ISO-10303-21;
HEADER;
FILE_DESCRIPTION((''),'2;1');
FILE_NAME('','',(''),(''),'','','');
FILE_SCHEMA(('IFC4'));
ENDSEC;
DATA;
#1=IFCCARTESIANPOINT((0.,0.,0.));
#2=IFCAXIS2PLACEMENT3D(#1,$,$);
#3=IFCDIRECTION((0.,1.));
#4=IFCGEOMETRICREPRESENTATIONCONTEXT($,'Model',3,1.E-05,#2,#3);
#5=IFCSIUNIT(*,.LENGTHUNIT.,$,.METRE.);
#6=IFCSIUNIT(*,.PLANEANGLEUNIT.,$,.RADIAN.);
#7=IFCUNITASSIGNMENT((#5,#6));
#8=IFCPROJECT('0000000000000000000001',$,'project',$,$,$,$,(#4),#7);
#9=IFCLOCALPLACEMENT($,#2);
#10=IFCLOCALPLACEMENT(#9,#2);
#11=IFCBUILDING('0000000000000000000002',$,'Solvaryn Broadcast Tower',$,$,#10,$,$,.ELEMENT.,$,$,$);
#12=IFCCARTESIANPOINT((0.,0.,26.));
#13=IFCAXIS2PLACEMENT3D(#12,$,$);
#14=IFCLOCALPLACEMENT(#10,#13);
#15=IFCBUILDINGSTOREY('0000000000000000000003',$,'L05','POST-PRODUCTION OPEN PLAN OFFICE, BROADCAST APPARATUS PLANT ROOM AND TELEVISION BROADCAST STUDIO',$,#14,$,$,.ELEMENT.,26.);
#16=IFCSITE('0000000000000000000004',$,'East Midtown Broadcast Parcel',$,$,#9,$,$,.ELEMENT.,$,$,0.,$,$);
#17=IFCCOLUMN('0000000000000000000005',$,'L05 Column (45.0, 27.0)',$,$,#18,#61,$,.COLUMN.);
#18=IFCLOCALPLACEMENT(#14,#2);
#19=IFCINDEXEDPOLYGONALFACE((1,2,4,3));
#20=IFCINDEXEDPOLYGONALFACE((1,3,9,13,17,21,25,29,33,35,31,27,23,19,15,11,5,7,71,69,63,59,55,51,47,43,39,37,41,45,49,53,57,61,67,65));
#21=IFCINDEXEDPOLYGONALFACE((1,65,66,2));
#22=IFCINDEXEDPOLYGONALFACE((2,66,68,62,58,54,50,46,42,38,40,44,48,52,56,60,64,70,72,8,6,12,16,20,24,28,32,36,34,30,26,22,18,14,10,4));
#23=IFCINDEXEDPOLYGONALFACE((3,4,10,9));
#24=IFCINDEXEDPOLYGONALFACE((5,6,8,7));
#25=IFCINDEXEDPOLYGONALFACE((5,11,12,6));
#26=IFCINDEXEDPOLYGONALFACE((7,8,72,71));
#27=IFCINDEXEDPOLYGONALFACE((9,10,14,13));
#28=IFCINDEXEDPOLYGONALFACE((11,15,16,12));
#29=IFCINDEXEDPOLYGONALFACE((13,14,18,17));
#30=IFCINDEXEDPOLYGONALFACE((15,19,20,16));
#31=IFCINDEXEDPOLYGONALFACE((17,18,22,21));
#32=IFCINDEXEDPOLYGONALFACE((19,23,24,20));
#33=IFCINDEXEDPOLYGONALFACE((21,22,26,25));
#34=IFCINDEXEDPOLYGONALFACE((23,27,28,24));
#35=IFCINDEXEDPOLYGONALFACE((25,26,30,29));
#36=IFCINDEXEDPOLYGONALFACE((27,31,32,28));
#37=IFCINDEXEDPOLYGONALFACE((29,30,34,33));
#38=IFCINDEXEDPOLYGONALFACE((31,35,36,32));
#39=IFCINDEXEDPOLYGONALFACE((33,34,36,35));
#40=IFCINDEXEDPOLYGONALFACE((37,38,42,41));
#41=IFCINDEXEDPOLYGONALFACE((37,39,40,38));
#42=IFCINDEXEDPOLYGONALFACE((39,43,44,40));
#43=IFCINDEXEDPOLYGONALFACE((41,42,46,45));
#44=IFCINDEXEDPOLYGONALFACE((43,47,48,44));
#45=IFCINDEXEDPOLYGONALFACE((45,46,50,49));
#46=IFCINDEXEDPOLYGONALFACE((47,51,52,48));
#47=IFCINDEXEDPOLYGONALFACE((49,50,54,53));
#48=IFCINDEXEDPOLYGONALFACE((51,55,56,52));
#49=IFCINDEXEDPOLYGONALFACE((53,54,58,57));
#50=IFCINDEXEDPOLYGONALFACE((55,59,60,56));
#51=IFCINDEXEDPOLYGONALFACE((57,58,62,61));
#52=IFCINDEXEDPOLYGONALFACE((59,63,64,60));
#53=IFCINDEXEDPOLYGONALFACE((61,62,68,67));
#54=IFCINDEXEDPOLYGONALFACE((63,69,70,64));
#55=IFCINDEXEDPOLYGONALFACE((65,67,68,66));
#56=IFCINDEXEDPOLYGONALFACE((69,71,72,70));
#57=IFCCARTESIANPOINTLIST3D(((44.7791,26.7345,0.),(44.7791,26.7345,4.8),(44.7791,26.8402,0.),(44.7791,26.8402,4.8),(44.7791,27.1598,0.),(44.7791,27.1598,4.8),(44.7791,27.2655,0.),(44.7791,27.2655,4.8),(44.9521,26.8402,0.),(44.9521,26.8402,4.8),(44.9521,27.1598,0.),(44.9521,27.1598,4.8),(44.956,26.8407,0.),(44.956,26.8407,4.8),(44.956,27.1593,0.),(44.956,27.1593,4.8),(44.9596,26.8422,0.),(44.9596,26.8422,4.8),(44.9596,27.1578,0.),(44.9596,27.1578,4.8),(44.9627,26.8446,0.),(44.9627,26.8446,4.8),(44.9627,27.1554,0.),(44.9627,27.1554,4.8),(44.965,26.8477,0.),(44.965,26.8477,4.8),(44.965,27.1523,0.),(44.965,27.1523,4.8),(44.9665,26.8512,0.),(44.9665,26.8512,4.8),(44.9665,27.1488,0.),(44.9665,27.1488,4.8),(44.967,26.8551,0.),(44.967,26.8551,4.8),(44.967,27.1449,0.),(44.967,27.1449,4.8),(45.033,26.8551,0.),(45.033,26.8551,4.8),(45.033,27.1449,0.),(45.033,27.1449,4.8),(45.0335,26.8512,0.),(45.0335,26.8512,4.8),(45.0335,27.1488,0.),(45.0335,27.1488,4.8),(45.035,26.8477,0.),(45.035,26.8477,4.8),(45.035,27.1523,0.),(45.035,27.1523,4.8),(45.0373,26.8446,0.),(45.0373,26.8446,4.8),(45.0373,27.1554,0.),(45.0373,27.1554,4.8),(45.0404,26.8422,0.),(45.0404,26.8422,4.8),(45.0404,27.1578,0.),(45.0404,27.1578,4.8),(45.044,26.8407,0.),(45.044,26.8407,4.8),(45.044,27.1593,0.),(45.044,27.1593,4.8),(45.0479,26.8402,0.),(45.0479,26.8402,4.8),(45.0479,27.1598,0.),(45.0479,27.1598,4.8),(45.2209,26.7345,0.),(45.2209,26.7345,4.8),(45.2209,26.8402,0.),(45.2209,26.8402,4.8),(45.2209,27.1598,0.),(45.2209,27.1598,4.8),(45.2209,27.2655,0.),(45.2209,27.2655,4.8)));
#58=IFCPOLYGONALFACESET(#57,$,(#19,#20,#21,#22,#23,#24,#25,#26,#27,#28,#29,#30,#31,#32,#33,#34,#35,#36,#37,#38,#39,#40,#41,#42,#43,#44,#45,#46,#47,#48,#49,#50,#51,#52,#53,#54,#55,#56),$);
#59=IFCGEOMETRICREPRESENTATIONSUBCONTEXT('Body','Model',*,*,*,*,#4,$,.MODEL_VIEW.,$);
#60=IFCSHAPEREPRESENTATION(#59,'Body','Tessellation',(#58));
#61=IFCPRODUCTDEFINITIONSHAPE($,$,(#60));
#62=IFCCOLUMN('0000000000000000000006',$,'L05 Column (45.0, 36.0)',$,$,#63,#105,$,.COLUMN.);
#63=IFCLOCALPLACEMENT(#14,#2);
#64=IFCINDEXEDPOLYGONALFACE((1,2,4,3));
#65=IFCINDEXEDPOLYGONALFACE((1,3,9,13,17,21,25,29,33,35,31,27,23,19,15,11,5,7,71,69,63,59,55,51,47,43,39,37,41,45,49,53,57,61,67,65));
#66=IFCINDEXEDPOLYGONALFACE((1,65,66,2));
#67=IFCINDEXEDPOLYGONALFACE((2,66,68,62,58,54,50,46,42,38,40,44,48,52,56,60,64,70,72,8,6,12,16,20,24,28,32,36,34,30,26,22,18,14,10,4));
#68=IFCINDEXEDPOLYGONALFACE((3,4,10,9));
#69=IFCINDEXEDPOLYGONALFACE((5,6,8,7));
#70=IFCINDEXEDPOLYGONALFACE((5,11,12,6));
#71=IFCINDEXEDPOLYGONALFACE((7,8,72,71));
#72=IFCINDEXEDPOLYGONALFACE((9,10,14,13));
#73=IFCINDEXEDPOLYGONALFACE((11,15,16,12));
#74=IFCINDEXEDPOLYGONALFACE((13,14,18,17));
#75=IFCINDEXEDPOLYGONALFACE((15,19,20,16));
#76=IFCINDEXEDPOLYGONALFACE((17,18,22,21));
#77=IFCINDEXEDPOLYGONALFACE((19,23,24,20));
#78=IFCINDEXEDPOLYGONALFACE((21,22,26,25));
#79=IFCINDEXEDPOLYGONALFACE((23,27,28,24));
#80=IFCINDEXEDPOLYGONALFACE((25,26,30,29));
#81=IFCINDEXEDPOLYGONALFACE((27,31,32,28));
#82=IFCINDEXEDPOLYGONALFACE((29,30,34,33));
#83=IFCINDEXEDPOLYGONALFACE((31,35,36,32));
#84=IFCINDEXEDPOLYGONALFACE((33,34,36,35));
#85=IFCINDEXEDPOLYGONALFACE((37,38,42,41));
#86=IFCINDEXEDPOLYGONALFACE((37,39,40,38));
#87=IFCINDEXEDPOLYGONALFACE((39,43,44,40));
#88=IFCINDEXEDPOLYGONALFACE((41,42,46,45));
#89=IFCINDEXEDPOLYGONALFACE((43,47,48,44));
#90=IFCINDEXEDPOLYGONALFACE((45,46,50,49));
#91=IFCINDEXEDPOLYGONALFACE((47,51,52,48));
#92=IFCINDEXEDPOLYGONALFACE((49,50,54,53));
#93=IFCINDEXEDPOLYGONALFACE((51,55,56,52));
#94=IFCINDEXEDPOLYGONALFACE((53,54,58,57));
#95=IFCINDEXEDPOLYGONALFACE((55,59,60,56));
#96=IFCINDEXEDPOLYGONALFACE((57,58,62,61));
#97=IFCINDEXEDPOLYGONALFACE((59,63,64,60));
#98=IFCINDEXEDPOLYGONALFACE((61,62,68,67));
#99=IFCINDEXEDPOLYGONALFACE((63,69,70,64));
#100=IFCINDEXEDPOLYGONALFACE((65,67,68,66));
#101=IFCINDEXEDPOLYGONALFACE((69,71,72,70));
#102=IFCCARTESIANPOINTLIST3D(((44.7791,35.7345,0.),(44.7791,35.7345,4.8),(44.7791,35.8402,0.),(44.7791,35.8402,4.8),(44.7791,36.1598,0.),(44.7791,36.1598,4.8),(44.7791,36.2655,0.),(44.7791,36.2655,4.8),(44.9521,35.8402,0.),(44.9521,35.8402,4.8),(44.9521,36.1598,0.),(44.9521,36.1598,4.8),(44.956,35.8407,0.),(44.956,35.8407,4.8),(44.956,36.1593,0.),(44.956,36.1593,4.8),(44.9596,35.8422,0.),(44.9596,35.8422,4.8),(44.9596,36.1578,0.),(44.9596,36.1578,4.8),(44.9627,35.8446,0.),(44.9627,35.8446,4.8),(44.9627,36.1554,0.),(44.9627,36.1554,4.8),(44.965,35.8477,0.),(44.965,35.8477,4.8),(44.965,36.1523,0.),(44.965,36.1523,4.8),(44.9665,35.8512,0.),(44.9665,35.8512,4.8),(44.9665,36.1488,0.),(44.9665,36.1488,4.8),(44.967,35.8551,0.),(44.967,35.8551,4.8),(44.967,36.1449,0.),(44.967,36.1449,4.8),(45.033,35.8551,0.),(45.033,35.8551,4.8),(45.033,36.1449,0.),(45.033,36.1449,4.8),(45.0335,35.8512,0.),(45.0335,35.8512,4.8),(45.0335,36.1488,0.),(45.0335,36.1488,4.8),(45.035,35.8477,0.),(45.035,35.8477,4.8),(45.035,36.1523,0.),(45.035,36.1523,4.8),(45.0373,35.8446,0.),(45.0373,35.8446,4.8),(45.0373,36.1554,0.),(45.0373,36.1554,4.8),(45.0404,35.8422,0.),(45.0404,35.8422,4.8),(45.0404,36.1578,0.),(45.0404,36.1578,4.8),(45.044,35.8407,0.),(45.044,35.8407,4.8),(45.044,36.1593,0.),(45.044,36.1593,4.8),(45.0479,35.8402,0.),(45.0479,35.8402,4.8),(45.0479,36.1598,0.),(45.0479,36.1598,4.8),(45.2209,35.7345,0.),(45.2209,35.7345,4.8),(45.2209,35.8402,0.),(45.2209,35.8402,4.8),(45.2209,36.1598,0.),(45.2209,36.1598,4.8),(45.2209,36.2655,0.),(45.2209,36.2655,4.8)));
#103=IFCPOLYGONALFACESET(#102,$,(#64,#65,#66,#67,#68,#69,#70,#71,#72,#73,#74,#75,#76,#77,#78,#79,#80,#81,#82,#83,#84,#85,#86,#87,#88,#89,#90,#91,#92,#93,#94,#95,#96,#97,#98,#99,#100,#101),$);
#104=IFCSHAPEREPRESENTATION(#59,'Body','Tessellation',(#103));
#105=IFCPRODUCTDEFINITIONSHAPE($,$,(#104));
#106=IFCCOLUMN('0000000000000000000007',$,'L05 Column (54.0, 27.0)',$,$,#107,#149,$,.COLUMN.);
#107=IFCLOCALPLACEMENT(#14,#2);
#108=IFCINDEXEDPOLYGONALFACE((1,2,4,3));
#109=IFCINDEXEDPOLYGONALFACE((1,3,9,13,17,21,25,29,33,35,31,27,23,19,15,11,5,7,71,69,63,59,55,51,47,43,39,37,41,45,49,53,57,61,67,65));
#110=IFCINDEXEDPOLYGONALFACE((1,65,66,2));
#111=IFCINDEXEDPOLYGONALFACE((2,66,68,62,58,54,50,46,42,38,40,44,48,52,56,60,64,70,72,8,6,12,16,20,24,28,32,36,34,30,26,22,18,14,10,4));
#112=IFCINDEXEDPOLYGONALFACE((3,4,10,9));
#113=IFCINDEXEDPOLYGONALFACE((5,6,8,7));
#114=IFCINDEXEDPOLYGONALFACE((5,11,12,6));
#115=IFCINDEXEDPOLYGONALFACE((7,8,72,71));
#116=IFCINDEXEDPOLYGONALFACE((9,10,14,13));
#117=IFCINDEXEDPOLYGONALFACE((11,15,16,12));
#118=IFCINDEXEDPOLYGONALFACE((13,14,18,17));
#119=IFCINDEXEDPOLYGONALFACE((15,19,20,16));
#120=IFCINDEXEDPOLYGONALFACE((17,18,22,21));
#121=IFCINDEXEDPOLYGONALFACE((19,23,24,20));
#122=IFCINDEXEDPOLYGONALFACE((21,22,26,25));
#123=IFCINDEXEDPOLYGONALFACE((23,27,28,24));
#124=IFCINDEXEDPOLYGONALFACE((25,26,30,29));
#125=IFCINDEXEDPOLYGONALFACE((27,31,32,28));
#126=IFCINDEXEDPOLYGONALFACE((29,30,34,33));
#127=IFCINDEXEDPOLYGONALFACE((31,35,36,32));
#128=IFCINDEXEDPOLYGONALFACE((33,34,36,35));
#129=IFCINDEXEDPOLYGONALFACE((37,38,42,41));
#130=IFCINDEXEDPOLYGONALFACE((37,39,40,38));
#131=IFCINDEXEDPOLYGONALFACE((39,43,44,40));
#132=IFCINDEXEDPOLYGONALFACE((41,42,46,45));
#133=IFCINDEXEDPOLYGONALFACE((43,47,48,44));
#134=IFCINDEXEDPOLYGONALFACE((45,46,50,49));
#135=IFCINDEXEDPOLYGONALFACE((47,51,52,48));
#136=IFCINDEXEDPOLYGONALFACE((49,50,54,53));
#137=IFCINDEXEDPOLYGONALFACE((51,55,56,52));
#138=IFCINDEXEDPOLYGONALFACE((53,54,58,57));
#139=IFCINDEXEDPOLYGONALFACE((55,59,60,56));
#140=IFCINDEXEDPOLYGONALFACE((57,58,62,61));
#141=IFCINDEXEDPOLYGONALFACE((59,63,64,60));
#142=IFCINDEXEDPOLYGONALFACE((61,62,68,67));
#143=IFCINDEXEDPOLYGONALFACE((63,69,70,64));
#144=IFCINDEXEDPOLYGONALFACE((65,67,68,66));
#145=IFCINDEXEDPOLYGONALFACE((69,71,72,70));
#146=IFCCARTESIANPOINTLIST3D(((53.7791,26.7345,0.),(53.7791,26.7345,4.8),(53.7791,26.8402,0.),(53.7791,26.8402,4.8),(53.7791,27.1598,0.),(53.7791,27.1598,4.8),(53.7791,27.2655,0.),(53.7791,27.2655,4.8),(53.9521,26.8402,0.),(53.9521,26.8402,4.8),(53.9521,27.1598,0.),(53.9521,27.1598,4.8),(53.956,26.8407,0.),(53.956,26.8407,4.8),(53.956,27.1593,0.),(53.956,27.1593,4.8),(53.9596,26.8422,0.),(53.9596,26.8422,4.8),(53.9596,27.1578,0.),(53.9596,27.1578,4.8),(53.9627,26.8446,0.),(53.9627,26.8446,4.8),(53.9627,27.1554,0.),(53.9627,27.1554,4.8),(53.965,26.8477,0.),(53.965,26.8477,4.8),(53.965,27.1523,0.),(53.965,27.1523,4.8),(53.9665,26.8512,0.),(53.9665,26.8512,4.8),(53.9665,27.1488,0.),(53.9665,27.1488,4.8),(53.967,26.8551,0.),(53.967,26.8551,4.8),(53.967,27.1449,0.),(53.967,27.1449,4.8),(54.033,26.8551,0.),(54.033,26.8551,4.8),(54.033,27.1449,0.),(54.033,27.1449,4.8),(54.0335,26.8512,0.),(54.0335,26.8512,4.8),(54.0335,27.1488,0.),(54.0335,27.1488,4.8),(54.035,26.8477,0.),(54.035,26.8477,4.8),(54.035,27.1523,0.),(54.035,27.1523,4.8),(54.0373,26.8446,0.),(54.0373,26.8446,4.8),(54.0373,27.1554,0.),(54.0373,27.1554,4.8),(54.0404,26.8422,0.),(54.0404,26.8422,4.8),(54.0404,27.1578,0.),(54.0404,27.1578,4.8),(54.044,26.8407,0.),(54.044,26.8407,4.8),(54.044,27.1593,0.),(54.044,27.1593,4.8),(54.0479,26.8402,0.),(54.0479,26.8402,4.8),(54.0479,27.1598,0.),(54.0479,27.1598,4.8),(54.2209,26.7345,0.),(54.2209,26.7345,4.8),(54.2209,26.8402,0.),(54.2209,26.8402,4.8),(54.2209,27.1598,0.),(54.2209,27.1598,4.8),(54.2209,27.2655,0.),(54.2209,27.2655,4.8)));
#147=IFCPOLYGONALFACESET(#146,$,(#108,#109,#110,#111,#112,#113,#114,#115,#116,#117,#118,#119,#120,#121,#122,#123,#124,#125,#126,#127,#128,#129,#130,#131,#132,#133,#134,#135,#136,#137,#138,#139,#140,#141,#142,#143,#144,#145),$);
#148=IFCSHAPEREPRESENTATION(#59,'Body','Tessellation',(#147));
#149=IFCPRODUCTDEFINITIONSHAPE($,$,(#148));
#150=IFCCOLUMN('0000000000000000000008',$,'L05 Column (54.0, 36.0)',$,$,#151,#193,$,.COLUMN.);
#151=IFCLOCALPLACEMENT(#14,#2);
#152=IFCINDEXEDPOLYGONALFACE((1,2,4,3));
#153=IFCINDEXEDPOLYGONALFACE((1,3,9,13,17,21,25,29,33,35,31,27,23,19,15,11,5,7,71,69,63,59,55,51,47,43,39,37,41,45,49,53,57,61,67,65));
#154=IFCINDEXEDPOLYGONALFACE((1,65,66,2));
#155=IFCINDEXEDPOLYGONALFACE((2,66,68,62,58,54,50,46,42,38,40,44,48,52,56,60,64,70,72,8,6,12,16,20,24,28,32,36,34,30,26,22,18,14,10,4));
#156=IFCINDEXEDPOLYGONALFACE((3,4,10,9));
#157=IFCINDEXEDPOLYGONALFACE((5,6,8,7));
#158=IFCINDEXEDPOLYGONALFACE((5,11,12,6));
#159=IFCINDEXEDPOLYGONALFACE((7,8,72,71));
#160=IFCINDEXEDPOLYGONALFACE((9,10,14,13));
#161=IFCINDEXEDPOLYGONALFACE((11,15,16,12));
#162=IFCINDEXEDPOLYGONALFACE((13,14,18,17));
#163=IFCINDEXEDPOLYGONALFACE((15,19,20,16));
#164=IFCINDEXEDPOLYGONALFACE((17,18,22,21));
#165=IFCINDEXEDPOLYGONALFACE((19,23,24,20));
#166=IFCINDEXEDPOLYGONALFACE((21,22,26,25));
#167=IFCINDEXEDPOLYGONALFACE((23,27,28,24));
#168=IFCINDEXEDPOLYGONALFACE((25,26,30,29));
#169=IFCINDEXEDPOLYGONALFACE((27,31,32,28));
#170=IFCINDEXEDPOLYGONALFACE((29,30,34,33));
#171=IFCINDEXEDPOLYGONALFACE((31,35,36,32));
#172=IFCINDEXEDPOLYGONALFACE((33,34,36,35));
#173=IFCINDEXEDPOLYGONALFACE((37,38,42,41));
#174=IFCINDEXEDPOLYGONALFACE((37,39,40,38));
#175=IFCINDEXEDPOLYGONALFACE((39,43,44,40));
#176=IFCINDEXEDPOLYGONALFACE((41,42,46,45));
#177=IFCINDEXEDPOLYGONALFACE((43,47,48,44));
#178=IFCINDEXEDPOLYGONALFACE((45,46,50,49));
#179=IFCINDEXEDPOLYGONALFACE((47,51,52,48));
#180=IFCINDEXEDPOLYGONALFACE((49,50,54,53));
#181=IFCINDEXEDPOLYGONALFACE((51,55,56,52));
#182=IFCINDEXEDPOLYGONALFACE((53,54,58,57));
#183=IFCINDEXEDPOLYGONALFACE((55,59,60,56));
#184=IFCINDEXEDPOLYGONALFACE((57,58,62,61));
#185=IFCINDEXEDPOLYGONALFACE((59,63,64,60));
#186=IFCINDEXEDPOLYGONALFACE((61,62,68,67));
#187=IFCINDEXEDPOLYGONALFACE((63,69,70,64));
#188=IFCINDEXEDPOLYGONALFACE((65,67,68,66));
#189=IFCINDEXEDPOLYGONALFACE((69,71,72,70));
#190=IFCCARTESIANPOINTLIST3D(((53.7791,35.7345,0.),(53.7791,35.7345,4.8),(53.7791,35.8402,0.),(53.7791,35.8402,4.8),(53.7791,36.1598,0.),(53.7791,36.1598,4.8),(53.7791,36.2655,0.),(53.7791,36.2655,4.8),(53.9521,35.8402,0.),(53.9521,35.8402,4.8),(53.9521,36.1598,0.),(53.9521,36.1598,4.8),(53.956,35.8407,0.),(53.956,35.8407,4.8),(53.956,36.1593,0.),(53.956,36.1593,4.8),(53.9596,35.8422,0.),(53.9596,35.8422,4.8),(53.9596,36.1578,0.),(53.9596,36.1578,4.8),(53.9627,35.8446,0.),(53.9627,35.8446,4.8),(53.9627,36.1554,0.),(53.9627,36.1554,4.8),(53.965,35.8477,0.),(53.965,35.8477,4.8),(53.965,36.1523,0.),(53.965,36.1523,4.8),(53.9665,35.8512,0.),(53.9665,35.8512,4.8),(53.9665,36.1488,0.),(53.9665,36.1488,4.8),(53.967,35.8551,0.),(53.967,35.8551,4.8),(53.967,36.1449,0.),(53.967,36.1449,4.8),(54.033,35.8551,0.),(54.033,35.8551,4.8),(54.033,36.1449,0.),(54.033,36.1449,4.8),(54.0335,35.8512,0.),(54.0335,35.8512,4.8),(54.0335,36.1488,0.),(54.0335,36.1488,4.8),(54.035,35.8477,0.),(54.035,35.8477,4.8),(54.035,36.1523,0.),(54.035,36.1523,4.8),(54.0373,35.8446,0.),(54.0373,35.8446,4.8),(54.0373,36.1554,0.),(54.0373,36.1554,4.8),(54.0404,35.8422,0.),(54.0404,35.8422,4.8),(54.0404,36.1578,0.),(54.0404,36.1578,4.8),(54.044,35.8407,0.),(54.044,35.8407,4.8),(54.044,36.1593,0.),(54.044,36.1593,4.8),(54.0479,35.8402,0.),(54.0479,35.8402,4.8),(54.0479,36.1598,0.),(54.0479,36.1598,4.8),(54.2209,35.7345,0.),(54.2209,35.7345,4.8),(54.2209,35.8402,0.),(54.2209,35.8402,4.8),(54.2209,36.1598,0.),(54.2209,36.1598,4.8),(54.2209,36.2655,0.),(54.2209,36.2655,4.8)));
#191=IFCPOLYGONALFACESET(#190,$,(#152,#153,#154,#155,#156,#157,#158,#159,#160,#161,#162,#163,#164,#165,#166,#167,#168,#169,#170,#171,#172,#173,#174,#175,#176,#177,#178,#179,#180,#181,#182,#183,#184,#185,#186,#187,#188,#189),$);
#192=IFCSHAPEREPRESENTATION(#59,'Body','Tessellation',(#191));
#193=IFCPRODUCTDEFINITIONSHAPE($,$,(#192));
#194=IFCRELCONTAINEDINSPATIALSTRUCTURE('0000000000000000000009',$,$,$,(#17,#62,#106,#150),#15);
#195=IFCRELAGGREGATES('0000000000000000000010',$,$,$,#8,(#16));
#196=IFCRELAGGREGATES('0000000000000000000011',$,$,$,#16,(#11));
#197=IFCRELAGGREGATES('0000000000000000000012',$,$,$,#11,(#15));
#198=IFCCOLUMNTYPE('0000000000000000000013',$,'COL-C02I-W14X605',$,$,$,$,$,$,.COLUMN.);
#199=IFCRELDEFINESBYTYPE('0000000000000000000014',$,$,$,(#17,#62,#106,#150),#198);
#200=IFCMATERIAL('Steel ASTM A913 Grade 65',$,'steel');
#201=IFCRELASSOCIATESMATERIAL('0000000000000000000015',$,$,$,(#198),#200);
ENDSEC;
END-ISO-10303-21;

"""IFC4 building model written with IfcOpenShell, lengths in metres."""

from ifc_helpers import new_model, si_unit, direction, frame, origin, origin_2d, place, context, subcontext, project, spatial, i_section, extrude, material, material_profile, profile_set, type_object, element, save


model = new_model("IFC4")

# Units and contexts
model_context = context("Model", 3, precision=1e-05, world=origin(), true_north=direction((0.0, 1.0)))
body_context = subcontext(model_context, "Body", "Model", "MODEL_VIEW")
ifc_project = project(units=[si_unit("LENGTHUNIT", "METRE"), si_unit("PLANEANGLEUNIT", "RADIAN")], contexts=[model_context])

# Site, building, storey
site_placement = place(None, origin())
site = spatial("IfcSite", under=ifc_project, at=site_placement, Name="East Midtown Broadcast Parcel", CompositionType="ELEMENT", RefElevation=0.0)
building_placement = place(site_placement, origin())
building = spatial("IfcBuilding", under=site, at=building_placement, Name="Solvaryn Broadcast Tower", CompositionType="ELEMENT")
storey_placement = place(building_placement, frame((0.0, 0.0, 26.0)))
storey = spatial("IfcBuildingStorey", under=building, at=storey_placement, Name="L05", Description="POST-PRODUCTION OPEN PLAN OFFICE, BROADCAST APPARATUS PLANT ROOM AND TELEVISION BROADCAST STUDIO", CompositionType="ELEMENT", Elevation=26.0)

# Columns
ifc_material_1 = material(Name="Steel ASTM A913 Grade 65", Category="steel")
ifc_material_profile_1 = material_profile(ifc_material_1, i_section(OverallWidth=0.4419, OverallDepth=0.531, WebThickness=0.0659, FlangeThickness=0.1057, FilletRadius=0.0149, at=origin_2d()))
ifc_profile_set_1 = profile_set([ifc_material_profile_1], Name="Steel ASTM A913 Grade 65")
column_type = type_object("IfcColumnType", Name="COL-C02I-W14X605", PredefinedType="COLUMN", material=ifc_profile_set_1)
for number, where, z_axis, x_axis, name in (
    (1, (45.0, 27.0, 0.0), (0.0, 0.0, 1.0), (1.0, 0.0, 0.0), "L05 Column (45.0, 27.0)"),
    (2, (45.0, 36.0, 0.0), (0.0, 0.0, 1.0), (1.0, 0.0, 0.0), "L05 Column (45.0, 36.0)"),
    (3, (54.0, 27.0, 0.0), (0.0, 0.0, 1.0), (1.0, 0.0, 0.0), "L05 Column (54.0, 27.0)"),
    (4, (54.0, 36.0, 0.0), (0.0, 0.0, 1.0), (1.0, 0.0, 0.0), "L05 Column (54.0, 36.0)"),
):
    element("IfcColumn", number, at=place(storey_placement, frame(where, z_axis=z_axis, x_axis=x_axis)), inside=storey, type_object=column_type, Name=name, PredefinedType="COLUMN", context=body_context, shape_type="SweptSolid", body=[
        extrude(i_section(OverallWidth=0.4419, OverallDepth=0.531, WebThickness=0.0659, FlangeThickness=0.1057, FilletRadius=0.0149, at=origin_2d()), origin(), (0.0, 0.0, 1.0), 4.8),
    ])

save(model, "model.ifc")
